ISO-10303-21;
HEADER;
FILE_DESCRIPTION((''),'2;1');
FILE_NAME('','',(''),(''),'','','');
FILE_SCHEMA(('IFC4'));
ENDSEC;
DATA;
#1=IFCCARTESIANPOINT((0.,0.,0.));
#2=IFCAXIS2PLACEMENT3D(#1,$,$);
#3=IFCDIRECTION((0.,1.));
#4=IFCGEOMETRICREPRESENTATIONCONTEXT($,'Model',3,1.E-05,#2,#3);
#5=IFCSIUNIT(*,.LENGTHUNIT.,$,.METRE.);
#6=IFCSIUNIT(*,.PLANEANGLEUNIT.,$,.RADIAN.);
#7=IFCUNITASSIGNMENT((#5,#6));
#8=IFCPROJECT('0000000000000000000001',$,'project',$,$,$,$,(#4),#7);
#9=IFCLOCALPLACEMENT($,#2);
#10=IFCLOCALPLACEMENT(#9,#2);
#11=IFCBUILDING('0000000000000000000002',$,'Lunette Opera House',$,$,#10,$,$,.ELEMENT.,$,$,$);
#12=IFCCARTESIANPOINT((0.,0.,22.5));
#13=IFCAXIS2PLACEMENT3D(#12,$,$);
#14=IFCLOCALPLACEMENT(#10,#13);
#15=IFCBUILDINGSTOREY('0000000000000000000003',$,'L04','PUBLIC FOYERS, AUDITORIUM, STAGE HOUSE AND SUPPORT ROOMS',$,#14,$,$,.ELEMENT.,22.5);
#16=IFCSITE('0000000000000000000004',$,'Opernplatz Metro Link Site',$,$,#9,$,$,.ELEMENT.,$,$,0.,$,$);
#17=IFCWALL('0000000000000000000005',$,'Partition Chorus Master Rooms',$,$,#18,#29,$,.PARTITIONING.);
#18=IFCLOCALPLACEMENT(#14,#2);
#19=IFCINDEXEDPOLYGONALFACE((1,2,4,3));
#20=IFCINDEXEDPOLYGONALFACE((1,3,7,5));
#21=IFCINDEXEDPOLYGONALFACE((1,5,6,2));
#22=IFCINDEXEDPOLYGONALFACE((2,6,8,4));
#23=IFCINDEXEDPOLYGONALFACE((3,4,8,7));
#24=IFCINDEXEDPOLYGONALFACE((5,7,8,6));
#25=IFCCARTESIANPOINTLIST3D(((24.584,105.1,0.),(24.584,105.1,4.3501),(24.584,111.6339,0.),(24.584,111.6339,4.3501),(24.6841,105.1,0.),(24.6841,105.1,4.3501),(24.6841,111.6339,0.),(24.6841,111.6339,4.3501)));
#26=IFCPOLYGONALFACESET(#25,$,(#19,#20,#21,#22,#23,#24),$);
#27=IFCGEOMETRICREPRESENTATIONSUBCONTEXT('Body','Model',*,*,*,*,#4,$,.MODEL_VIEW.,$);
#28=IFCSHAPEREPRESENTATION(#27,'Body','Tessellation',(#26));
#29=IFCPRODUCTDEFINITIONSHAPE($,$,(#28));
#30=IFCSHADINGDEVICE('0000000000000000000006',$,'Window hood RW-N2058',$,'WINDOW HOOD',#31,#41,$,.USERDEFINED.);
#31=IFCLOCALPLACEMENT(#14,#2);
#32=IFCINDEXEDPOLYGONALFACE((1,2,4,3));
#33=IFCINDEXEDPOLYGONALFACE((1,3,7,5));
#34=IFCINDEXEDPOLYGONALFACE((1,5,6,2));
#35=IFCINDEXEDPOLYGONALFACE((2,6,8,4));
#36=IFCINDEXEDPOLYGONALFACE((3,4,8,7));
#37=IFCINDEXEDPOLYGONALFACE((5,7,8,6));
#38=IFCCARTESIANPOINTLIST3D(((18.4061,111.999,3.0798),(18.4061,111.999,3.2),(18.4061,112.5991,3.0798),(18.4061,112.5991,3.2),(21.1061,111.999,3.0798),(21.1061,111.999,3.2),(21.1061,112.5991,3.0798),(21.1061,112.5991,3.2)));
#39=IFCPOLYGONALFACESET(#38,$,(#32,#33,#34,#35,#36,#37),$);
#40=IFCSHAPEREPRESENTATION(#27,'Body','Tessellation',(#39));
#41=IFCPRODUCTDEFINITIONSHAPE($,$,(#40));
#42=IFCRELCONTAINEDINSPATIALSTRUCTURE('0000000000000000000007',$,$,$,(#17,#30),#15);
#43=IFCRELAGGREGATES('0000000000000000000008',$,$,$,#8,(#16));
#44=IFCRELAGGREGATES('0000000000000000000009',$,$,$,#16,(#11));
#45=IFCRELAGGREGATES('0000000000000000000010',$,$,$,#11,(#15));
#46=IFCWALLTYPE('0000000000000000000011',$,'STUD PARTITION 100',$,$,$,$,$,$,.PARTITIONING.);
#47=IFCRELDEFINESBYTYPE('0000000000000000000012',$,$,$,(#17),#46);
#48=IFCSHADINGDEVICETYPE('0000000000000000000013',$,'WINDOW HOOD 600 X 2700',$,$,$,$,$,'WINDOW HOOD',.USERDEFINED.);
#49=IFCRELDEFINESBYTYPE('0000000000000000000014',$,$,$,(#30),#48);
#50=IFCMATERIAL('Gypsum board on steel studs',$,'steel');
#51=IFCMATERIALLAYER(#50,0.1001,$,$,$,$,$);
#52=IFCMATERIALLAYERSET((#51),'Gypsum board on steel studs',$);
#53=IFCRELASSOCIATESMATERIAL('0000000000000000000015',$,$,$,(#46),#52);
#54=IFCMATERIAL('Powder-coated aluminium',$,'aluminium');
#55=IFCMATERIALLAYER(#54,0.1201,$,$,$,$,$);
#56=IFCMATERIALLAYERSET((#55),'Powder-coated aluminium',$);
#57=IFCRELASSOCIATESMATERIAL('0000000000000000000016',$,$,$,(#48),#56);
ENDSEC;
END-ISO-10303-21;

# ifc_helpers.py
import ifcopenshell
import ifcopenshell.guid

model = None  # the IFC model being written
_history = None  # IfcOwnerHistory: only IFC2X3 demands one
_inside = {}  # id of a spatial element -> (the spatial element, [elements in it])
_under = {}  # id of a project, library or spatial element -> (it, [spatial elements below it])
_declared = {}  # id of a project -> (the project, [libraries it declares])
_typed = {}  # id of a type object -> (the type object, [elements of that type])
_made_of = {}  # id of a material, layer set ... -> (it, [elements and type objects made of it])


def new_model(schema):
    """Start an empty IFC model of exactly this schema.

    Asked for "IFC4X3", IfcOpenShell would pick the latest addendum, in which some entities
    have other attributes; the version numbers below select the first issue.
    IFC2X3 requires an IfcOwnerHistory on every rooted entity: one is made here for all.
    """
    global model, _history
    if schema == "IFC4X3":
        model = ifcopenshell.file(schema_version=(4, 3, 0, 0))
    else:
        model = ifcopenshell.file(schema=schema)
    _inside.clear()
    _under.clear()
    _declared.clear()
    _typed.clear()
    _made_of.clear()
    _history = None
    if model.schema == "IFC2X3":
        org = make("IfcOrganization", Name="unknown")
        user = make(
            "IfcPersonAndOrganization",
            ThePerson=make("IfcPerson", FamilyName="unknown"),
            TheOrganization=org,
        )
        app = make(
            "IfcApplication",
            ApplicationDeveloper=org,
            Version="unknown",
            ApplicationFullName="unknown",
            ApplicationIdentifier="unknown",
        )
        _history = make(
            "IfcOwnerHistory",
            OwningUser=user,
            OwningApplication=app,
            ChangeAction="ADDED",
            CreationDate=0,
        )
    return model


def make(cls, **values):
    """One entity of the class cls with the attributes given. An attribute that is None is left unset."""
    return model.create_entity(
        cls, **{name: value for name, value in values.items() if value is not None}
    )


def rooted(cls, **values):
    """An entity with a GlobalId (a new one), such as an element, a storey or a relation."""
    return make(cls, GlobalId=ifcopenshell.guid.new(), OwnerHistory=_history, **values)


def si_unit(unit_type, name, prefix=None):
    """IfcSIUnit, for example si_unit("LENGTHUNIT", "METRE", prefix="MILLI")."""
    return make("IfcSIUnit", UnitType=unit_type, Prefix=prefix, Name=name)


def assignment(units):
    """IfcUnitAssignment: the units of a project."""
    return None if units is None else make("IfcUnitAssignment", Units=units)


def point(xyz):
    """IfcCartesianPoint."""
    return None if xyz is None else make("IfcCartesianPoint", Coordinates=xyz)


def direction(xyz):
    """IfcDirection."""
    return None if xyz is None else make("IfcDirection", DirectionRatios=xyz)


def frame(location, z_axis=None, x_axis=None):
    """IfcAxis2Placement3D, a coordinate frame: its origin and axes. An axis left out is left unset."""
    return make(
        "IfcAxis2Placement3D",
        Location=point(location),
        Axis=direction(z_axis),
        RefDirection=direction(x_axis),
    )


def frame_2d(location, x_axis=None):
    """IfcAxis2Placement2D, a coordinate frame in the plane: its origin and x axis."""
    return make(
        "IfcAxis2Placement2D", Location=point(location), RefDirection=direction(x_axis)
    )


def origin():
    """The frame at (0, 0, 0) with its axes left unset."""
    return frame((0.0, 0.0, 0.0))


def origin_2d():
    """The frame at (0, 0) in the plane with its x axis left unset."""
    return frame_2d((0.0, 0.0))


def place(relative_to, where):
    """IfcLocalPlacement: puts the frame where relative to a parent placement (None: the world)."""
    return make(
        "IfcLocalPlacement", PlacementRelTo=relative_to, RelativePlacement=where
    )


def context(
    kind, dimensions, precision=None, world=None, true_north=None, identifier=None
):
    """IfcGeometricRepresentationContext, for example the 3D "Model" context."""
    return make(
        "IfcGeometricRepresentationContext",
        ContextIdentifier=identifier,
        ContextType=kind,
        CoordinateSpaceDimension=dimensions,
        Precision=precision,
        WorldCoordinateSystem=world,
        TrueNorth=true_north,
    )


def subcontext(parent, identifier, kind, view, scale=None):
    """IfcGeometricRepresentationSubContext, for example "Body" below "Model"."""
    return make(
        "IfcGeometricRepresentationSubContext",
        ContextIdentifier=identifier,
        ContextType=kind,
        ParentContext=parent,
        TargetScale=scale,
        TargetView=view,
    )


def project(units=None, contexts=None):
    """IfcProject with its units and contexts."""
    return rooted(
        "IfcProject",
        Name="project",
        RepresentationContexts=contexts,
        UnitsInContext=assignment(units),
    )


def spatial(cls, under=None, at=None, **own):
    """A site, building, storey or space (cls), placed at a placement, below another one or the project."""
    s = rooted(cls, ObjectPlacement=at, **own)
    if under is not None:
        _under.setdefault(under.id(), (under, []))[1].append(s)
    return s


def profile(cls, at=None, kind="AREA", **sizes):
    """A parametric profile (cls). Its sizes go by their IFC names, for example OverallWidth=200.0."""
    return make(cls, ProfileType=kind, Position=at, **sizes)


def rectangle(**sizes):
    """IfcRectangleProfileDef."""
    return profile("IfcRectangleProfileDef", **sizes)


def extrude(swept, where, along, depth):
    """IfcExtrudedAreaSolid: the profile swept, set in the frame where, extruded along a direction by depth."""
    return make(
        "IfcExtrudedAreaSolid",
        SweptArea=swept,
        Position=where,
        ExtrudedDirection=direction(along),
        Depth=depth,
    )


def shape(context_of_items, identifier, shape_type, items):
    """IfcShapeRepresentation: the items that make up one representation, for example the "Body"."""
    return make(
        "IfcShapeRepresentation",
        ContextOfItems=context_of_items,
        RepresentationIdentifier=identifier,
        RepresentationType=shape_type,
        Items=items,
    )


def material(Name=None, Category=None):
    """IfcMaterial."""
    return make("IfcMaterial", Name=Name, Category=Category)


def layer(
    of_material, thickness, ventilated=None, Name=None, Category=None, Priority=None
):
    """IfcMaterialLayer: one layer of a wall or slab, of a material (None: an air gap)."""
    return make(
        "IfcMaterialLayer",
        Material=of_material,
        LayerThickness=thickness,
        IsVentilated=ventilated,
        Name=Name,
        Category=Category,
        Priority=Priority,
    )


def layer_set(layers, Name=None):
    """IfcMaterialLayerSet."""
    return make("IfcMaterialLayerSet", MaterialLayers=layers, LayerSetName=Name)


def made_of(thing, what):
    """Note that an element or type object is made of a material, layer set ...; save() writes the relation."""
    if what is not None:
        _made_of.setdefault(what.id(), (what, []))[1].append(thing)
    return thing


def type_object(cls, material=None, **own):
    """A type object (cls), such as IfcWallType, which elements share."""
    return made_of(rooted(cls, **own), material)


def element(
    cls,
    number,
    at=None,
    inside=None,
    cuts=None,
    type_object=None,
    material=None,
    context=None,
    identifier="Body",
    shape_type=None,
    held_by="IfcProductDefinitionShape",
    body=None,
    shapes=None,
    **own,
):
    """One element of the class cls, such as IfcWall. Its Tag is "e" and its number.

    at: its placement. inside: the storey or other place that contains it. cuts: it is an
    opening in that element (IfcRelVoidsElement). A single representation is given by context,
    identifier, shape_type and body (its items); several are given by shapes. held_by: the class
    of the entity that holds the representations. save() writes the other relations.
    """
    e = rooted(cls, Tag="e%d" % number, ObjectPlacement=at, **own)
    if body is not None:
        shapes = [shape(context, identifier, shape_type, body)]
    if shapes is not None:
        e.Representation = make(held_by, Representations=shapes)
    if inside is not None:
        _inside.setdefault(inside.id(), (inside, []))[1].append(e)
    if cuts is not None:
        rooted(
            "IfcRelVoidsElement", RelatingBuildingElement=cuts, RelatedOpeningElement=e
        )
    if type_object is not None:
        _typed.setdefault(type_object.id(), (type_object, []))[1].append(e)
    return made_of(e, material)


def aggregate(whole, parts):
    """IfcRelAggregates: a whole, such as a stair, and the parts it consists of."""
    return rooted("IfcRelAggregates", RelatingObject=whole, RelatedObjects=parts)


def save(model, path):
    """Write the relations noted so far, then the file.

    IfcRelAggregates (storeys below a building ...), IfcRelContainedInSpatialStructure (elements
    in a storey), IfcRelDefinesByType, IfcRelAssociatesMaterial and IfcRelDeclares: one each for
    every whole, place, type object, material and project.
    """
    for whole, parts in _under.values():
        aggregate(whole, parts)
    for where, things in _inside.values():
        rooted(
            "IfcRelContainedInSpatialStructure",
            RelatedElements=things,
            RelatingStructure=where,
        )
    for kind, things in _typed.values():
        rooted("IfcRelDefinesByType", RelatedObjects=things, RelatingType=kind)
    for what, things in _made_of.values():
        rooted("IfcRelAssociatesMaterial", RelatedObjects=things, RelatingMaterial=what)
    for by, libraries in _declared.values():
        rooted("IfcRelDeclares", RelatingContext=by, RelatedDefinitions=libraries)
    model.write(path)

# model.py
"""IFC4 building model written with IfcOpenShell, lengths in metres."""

from ifc_helpers import new_model, si_unit, direction, frame, frame_2d, origin, origin_2d, place, context, subcontext, project, spatial, rectangle, extrude, material, layer, layer_set, type_object, element, save


model = new_model("IFC4")

# Units and contexts
model_context = context("Model", 3, precision=1e-05, world=origin(), true_north=direction((0.0, 1.0)))
body_context = subcontext(model_context, "Body", "Model", "MODEL_VIEW")
ifc_project = project(units=[si_unit("LENGTHUNIT", "METRE"), si_unit("PLANEANGLEUNIT", "RADIAN")], contexts=[model_context])

# Site, building, storey
site_placement = place(None, origin())
site = spatial("IfcSite", under=ifc_project, at=site_placement, Name="Opernplatz Metro Link Site", CompositionType="ELEMENT", RefElevation=0.0)
building_placement = place(site_placement, origin())
building = spatial("IfcBuilding", under=site, at=building_placement, Name="Lunette Opera House", CompositionType="ELEMENT")
storey_placement = place(building_placement, frame((0.0, 0.0, 22.5)))
storey = spatial("IfcBuildingStorey", under=building, at=storey_placement, Name="L04", Description="PUBLIC FOYERS, AUDITORIUM, STAGE HOUSE AND SUPPORT ROOMS", CompositionType="ELEMENT", Elevation=22.5)

# Wall
ifc_material_1 = material(Name="Gypsum board on steel studs", Category="steel")
ifc_layer_1 = layer(ifc_material_1, 0.1001)
ifc_layer_set_1 = layer_set([ifc_layer_1], Name="Gypsum board on steel studs")
wall_type_1 = type_object("IfcWallType", Name="STUD PARTITION 100", PredefinedType="PARTITIONING", material=ifc_layer_set_1)
wall_1_placement = place(storey_placement, frame((24.634, 111.634, 0.0), z_axis=(0.0, 0.0, 1.0), x_axis=(0.0, -1.0, 0.0)))
element("IfcWall", 1, at=wall_1_placement, inside=storey, type_object=wall_type_1, Name="Partition Chorus Master Rooms", PredefinedType="PARTITIONING", context=body_context, shape_type="SweptSolid", body=[
    extrude(rectangle(XDim=6.5339, YDim=0.1001, at=frame_2d((3.2671, 0.0))), origin(), (0.0, 0.0, 1.0), 4.3501),
])

# Shading device
ifc_material_2 = material(Name="Powder-coated aluminium", Category="aluminium")
ifc_layer_2 = layer(ifc_material_2, 0.1201)
ifc_layer_set_2 = layer_set([ifc_layer_2], Name="Powder-coated aluminium")
shading_device_type = type_object("IfcShadingDeviceType", Name="WINDOW HOOD 600 X 2700", ElementType="WINDOW HOOD", PredefinedType="USERDEFINED", material=ifc_layer_set_2)
shading_device_placement = place(storey_placement, frame((19.7561, 112.2991, 3.0798), z_axis=(0.0, 0.0, 1.0), x_axis=(0.0, 1.0, 0.0)))
element("IfcShadingDevice", 2, at=shading_device_placement, inside=storey, type_object=shading_device_type, Name="Window hood RW-N2058", ObjectType="WINDOW HOOD", PredefinedType="USERDEFINED", context=body_context, shape_type="SweptSolid", body=[
    extrude(rectangle(XDim=0.6001, YDim=2.7, at=origin_2d()), origin(), (0.0, 0.0, 1.0), 0.1201),
])

save(model, "model.ifc")
